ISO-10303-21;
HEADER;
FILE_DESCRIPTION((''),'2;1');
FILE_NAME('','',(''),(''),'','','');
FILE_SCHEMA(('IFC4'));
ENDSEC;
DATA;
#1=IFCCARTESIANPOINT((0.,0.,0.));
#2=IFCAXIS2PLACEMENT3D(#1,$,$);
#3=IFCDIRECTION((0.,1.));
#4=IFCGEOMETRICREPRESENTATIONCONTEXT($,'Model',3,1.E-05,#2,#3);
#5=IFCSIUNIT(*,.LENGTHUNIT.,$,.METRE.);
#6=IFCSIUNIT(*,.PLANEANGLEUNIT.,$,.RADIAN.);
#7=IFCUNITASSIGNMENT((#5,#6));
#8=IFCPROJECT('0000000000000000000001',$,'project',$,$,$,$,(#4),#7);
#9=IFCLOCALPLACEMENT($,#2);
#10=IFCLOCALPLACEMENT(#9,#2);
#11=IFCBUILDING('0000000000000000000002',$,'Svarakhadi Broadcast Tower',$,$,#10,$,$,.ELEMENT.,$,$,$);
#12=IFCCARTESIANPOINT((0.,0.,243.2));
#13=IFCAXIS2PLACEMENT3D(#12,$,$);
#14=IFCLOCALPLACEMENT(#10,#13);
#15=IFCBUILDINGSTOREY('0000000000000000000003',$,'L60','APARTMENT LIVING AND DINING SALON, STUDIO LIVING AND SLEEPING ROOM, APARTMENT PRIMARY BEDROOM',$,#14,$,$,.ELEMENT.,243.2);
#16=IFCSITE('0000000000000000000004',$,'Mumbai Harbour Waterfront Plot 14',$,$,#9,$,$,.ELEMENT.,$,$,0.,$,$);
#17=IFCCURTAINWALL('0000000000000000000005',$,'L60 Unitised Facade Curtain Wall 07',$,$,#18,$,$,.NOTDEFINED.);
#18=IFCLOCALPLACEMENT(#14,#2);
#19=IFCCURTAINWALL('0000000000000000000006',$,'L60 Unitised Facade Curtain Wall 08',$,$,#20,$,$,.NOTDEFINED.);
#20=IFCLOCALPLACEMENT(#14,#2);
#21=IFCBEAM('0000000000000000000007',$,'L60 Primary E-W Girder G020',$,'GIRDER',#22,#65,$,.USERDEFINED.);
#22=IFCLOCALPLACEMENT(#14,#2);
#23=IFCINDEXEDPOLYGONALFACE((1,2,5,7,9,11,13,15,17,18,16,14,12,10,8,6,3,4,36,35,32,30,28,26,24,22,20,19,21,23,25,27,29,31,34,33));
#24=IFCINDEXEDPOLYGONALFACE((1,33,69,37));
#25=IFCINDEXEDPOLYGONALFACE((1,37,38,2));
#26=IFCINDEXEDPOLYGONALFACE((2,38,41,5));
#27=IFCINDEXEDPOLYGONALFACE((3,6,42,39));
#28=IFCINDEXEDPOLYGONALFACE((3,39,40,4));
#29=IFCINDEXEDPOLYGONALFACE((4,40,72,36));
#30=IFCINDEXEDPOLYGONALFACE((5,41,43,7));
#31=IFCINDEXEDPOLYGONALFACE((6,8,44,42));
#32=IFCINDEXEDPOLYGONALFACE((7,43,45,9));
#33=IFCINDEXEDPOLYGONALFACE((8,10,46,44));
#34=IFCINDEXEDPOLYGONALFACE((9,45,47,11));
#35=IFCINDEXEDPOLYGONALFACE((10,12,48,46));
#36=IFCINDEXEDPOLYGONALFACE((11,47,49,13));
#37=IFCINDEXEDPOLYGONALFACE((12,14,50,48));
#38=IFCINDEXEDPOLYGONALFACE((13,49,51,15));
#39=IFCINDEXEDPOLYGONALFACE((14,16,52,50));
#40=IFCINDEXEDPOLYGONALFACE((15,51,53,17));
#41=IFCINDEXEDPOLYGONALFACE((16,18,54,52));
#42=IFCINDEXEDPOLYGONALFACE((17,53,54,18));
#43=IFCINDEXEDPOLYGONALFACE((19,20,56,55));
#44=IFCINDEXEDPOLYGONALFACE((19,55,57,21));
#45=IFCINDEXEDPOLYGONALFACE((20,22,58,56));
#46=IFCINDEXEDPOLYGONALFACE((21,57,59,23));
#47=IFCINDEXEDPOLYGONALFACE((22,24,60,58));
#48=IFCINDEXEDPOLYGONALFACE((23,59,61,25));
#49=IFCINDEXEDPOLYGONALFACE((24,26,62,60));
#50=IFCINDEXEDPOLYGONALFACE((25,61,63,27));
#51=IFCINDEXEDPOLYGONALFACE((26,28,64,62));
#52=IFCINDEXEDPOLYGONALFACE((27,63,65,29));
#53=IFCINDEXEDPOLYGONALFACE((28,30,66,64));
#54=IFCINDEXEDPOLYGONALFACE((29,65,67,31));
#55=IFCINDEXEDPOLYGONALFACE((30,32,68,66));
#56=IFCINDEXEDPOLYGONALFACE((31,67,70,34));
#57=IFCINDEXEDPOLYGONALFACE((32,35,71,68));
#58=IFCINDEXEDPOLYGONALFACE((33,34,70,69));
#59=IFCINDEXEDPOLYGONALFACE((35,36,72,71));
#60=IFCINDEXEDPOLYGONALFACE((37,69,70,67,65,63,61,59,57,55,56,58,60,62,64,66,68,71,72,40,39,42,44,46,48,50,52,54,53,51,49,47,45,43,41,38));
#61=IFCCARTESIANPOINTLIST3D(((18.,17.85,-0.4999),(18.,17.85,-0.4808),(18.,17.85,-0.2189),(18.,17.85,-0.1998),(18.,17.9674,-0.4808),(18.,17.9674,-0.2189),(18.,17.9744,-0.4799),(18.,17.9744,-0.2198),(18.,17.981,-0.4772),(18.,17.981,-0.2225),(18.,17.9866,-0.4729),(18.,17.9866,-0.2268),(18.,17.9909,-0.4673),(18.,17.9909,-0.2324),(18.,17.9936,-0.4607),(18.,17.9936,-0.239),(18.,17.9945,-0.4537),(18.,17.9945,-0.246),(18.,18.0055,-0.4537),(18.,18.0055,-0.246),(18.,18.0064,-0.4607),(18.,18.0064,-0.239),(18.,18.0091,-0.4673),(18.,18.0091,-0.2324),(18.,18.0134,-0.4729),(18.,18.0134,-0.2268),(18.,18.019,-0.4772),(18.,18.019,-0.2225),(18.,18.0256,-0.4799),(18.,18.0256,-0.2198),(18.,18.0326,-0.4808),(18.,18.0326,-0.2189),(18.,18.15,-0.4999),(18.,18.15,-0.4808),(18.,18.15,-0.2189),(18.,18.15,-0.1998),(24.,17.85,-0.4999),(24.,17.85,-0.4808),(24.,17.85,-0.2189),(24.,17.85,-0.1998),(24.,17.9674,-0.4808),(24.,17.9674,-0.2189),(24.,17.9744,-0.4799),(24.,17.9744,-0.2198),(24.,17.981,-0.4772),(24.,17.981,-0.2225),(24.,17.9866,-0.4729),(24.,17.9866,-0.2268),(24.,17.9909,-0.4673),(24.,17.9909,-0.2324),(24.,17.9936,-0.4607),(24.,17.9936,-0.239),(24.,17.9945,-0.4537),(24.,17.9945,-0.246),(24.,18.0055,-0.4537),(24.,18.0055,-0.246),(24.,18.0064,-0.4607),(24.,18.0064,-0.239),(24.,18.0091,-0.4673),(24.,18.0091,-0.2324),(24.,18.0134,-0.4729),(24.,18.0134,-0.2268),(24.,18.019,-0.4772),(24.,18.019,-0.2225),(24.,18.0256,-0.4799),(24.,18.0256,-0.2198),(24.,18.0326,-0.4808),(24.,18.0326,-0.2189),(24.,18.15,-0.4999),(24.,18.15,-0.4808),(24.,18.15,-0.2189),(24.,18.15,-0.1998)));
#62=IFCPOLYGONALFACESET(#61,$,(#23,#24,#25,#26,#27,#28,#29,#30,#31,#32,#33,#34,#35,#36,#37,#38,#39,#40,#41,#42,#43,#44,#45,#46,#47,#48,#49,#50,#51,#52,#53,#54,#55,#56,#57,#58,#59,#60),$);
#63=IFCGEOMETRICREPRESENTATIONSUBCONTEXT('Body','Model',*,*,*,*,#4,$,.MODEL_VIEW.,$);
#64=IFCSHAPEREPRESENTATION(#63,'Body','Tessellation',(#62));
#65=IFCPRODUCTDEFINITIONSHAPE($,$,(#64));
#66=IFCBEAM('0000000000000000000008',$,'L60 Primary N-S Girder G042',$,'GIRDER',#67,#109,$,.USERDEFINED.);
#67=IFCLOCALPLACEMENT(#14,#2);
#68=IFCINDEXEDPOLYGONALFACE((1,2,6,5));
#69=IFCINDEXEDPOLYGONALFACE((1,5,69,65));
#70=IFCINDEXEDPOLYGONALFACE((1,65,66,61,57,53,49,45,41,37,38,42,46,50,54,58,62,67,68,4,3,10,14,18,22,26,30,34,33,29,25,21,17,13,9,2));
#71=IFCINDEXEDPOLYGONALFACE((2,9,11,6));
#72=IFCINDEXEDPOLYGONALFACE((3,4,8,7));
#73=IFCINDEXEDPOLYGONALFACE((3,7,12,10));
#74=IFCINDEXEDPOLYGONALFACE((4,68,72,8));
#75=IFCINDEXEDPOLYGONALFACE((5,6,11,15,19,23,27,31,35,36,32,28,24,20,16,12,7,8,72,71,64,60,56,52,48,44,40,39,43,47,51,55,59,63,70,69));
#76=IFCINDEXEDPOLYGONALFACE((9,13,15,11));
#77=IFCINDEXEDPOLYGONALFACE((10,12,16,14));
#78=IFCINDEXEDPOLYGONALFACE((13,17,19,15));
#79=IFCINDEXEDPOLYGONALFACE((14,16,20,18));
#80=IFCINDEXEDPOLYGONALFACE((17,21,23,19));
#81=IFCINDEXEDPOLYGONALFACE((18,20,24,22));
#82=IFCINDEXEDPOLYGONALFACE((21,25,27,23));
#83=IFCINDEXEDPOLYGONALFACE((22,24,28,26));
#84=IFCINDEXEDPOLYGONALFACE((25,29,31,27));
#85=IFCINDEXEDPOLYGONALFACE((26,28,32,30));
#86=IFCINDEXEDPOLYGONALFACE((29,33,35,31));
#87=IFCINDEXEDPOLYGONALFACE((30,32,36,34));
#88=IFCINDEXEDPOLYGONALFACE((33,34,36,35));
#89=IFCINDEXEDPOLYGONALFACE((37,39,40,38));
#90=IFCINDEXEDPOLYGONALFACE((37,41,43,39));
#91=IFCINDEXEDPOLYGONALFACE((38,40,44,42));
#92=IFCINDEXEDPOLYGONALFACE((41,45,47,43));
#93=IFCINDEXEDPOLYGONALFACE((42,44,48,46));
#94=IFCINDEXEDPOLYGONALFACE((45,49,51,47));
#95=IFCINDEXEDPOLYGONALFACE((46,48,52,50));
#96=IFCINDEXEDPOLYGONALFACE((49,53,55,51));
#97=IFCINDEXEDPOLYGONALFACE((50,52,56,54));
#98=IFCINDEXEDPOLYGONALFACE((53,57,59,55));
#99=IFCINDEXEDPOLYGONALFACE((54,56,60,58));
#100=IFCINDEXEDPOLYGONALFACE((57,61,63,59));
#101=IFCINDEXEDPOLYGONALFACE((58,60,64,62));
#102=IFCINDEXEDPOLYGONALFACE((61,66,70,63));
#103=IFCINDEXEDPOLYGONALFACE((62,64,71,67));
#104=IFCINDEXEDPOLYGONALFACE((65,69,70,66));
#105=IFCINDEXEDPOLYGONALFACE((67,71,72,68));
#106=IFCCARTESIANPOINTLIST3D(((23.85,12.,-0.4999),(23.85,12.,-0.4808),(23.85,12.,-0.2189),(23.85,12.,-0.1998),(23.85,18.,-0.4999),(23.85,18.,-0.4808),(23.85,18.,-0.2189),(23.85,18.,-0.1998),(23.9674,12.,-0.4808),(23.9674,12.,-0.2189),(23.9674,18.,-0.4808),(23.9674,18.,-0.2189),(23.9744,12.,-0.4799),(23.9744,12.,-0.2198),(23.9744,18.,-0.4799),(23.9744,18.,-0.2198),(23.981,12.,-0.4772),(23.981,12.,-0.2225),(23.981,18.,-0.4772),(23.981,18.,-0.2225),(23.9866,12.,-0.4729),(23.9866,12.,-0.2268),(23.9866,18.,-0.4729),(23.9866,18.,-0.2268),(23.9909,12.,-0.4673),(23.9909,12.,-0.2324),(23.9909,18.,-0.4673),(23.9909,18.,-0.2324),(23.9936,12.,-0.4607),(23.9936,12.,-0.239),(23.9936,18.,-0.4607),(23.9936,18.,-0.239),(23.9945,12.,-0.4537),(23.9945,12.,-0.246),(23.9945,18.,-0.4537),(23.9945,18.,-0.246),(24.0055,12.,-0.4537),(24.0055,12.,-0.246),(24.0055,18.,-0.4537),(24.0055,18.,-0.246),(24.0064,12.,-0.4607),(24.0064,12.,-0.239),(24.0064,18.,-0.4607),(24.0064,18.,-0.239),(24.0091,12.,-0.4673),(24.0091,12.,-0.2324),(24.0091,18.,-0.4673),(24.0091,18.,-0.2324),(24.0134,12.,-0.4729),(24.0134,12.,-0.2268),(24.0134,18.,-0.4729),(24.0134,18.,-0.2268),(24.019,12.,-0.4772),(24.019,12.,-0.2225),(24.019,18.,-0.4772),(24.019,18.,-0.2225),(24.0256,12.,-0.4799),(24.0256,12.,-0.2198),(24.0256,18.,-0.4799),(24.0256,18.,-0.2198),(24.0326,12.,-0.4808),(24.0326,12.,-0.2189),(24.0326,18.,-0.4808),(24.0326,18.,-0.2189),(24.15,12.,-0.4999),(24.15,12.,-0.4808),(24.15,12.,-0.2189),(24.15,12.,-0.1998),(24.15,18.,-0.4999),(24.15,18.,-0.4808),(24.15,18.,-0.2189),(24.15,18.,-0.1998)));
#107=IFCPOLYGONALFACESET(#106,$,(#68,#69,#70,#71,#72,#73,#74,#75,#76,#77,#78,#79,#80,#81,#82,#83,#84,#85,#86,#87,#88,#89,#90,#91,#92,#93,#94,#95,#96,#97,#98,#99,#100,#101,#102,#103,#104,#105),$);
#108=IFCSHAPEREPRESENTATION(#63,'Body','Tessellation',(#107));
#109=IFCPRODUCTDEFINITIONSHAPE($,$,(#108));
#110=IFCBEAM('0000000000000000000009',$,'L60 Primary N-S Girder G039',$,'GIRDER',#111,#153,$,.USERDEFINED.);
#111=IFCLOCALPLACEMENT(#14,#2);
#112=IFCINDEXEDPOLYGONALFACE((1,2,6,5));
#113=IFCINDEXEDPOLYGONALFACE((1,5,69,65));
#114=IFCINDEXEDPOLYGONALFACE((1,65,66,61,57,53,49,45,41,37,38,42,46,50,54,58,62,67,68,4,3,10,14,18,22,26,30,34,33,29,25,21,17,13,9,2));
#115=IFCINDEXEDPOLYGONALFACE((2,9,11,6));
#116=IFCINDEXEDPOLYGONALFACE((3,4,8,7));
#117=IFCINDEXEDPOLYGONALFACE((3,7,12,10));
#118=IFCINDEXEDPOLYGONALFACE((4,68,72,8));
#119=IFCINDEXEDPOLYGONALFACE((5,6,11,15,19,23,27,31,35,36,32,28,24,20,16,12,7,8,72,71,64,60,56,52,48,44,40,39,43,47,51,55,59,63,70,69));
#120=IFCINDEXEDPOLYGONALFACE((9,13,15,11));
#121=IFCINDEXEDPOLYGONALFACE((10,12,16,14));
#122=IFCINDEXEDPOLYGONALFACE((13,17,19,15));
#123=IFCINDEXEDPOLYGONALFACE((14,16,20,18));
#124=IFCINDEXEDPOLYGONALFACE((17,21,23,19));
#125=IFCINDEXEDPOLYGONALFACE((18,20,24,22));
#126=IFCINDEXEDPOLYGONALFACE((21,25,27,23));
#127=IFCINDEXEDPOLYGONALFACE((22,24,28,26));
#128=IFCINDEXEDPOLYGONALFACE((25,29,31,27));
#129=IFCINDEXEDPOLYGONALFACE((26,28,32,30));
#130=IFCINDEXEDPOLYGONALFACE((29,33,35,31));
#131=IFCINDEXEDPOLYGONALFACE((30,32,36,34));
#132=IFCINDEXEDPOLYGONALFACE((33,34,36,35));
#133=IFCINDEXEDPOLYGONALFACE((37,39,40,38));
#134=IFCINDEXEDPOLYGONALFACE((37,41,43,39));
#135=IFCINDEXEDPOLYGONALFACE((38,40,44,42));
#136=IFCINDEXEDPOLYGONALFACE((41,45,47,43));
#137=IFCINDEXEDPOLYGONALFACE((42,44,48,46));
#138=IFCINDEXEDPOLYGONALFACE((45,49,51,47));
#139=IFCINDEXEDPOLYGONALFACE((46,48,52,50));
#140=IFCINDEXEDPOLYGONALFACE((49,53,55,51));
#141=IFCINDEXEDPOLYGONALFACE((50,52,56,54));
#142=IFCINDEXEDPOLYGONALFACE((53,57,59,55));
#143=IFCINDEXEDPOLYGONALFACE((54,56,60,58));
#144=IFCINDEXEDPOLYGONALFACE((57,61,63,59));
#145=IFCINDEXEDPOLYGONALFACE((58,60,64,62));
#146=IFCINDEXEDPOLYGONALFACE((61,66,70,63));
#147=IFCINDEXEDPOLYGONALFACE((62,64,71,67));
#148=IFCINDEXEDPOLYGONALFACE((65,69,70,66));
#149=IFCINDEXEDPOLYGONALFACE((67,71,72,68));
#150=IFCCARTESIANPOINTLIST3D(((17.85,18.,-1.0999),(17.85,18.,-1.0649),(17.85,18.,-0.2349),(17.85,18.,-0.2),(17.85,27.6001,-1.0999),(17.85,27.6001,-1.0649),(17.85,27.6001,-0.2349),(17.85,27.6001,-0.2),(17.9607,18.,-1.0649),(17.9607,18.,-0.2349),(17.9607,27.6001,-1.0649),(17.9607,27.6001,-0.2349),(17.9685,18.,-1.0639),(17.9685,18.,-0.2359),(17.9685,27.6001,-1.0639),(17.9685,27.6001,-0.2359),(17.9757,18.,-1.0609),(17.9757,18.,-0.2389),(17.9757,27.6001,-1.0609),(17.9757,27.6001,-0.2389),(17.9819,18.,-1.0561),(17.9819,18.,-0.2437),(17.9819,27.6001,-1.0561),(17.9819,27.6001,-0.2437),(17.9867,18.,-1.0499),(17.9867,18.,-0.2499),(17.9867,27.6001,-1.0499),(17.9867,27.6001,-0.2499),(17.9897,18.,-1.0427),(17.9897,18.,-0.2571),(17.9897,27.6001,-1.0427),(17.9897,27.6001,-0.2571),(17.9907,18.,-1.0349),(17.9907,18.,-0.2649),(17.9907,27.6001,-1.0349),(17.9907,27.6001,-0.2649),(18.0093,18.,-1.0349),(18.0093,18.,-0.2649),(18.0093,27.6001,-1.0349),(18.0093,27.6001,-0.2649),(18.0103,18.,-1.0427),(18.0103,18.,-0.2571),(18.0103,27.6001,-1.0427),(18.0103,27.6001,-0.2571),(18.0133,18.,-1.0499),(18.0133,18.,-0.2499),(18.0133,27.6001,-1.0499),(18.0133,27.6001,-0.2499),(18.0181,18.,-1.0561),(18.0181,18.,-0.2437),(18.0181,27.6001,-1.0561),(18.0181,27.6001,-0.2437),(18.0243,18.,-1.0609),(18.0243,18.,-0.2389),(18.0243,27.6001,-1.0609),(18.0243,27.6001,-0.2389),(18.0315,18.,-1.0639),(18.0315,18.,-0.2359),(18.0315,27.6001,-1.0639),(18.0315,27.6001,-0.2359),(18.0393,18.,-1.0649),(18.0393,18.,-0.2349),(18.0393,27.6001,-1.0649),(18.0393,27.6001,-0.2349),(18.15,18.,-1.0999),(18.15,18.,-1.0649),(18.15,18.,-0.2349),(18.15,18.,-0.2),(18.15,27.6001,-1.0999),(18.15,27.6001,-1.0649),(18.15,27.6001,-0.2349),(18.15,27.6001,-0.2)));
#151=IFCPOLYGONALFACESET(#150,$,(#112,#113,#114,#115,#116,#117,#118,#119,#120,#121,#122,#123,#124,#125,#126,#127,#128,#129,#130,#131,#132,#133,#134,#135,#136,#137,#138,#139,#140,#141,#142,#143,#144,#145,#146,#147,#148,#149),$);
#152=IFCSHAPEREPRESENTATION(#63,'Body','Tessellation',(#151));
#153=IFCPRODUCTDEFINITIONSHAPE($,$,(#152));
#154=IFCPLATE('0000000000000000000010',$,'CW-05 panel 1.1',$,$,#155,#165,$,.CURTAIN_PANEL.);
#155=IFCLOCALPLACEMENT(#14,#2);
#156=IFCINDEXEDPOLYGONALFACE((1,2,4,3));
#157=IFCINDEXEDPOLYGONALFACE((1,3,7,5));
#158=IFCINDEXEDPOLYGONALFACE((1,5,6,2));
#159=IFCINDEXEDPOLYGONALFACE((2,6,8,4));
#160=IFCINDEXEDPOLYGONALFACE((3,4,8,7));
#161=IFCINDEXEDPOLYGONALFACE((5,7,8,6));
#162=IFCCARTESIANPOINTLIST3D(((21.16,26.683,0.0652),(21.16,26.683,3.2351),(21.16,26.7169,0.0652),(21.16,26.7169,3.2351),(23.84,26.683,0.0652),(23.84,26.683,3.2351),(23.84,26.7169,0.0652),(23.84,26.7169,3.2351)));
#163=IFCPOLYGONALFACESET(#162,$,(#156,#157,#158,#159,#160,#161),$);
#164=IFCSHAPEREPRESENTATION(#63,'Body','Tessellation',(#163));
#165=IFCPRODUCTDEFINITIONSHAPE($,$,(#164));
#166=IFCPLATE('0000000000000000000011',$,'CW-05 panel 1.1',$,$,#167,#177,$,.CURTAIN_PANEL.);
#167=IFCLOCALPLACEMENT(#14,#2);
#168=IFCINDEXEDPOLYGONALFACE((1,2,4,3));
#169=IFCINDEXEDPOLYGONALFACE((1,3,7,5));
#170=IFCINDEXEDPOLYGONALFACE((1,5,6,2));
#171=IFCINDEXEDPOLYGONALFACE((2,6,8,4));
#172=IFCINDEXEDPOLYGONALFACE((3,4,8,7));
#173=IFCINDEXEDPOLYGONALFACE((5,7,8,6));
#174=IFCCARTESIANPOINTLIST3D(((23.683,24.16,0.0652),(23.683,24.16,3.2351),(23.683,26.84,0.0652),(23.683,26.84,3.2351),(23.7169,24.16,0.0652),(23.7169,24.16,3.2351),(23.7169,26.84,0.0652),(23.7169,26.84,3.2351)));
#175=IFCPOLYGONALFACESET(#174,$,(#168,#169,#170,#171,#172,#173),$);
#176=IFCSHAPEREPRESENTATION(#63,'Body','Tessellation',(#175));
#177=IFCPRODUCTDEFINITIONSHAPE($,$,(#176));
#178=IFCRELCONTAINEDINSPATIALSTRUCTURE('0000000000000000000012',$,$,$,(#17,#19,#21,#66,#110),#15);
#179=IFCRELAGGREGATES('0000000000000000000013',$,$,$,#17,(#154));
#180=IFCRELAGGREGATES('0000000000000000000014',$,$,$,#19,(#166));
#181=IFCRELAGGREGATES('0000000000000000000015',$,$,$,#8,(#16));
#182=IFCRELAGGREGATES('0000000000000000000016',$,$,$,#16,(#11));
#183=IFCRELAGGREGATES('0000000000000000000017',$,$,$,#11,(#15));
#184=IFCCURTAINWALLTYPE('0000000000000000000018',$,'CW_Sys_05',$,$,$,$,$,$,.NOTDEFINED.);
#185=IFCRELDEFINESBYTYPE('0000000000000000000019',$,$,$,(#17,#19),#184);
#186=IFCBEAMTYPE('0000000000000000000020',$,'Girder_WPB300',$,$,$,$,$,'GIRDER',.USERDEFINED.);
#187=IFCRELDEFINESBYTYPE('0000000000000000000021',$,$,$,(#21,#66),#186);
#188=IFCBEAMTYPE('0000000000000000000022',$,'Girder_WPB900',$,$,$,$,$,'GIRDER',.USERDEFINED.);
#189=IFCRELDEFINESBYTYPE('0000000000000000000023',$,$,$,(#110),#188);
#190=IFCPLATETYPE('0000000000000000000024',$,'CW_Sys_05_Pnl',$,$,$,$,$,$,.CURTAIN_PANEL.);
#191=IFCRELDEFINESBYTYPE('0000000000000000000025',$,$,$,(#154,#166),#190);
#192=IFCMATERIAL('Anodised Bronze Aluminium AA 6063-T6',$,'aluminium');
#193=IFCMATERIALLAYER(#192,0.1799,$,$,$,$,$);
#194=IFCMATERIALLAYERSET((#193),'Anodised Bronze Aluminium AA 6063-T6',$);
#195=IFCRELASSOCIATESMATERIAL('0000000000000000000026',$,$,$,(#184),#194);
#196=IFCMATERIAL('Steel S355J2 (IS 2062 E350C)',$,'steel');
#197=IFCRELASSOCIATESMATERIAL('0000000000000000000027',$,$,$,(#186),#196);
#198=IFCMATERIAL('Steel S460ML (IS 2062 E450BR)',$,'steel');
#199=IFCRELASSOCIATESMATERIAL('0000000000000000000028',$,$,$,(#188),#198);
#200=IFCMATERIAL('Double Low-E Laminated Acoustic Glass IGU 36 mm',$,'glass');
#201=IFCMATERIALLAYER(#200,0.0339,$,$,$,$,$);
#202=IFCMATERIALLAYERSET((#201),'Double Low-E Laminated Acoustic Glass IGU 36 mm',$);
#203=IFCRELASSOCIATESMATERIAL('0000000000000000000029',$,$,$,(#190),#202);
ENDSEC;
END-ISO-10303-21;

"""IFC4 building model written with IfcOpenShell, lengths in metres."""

from ifc_helpers import new_model, si_unit, direction, frame, origin, origin_2d, place, context, subcontext, project, spatial, rectangle, i_section, extrude, material, layer, layer_set, material_profile, profile_set, type_object, element, aggregate, save


model = new_model("IFC4")

# Units and contexts
model_context = context("Model", 3, precision=1e-05, world=origin(), true_north=direction((0.0, 1.0)))
body_context = subcontext(model_context, "Body", "Model", "MODEL_VIEW")
ifc_project = project(units=[si_unit("LENGTHUNIT", "METRE"), si_unit("PLANEANGLEUNIT", "RADIAN")], contexts=[model_context])

# Site, building, storey
site_placement = place(None, origin())
site = spatial("IfcSite", under=ifc_project, at=site_placement, Name="Mumbai Harbour Waterfront Plot 14", CompositionType="ELEMENT", RefElevation=0.0)
building_placement = place(site_placement, origin())
building = spatial("IfcBuilding", under=site, at=building_placement, Name="Svarakhadi Broadcast Tower", CompositionType="ELEMENT")
storey_placement = place(building_placement, frame((0.0, 0.0, 243.2)))
storey = spatial("IfcBuildingStorey", under=building, at=storey_placement, Name="L60", Description="APARTMENT LIVING AND DINING SALON, STUDIO LIVING AND SLEEPING ROOM, APARTMENT PRIMARY BEDROOM", CompositionType="ELEMENT", Elevation=243.2)

# Shared definitions
ifc_material_1 = material(Name="Steel S355J2 (IS 2062 E350C)", Category="steel")

# Curtain wall
ifc_material_2 = material(Name="Anodised Bronze Aluminium AA 6063-T6", Category="aluminium")
ifc_layer_1 = layer(ifc_material_2, 0.1799)
ifc_layer_set_1 = layer_set([ifc_layer_1], Name="Anodised Bronze Aluminium AA 6063-T6")
curtain_wall_type = type_object("IfcCurtainWallType", Name="CW_Sys_05", PredefinedType="NOTDEFINED", material=ifc_layer_set_1)
curtain_wall_1_placement = place(storey_placement, origin())
curtain_wall_1 = element("IfcCurtainWall", 1, at=curtain_wall_1_placement, inside=storey, type_object=curtain_wall_type, Name="L60 Unitised Facade Curtain Wall 07", PredefinedType="NOTDEFINED")

# Curtain wall
curtain_wall_2_placement = place(storey_placement, origin())
curtain_wall_2 = element("IfcCurtainWall", 2, at=curtain_wall_2_placement, inside=storey, type_object=curtain_wall_type, Name="L60 Unitised Facade Curtain Wall 08", PredefinedType="NOTDEFINED")

# Beams
ifc_material_profile_1 = material_profile(ifc_material_1, i_section(OverallWidth=0.3, OverallDepth=0.3, WebThickness=0.011, FlangeThickness=0.019, FilletRadius=0.0271, at=origin_2d()), Name="WPB 300x300x117")
ifc_profile_set_1 = profile_set([ifc_material_profile_1], Name="Steel S355J2 (IS 2062 E350C)")
beam_type_1 = type_object("IfcBeamType", Name="Girder_WPB300", ElementType="GIRDER", PredefinedType="USERDEFINED", material=ifc_profile_set_1)
for number, where, z_axis, x_axis, name in (
    (3, (18.0, 18.0, -0.3499), (1.0, 0.0, 0.0), (0.0, 1.0, 0.0), "L60 Primary E-W Girder G020"),
    (4, (24.0, 12.0, -0.3499), (0.0, 1.0, 0.0), (-1.0, 0.0, 0.0), "L60 Primary N-S Girder G042"),
):
    element("IfcBeam", number, at=place(storey_placement, frame(where, z_axis=z_axis, x_axis=x_axis)), inside=storey, type_object=beam_type_1, Name=name, ObjectType="GIRDER", PredefinedType="USERDEFINED", context=body_context, shape_type="SweptSolid", body=[
        extrude(i_section(OverallWidth=0.3, OverallDepth=0.3, WebThickness=0.011, FlangeThickness=0.019, FilletRadius=0.0271, at=origin_2d()), origin(), (0.0, 0.0, 1.0), 6.0),
    ])
ifc_material_3 = material(Name="Steel S460ML (IS 2062 E450BR)", Category="steel")
ifc_material_profile_2 = material_profile(ifc_material_3, i_section(OverallWidth=0.3, OverallDepth=0.8999, WebThickness=0.0186, FlangeThickness=0.0349, FilletRadius=0.03, at=origin_2d()), Name="WPB 900x300x291")
ifc_profile_set_2 = profile_set([ifc_material_profile_2], Name="Steel S460ML (IS 2062 E450BR)")
beam_type_2 = type_object("IfcBeamType", Name="Girder_WPB900", ElementType="GIRDER", PredefinedType="USERDEFINED", material=ifc_profile_set_2)
beam_1_placement = place(storey_placement, frame((18.0, 18.0, -0.6499), z_axis=(0.0, 1.0, 0.0), x_axis=(-1.0, 0.0, 0.0)))
element("IfcBeam", 5, at=beam_1_placement, inside=storey, type_object=beam_type_2, Name="L60 Primary N-S Girder G039", ObjectType="GIRDER", PredefinedType="USERDEFINED", context=body_context, shape_type="SweptSolid", body=[
    extrude(i_section(OverallWidth=0.3, OverallDepth=0.8999, WebThickness=0.0186, FlangeThickness=0.0349, FilletRadius=0.03, at=origin_2d()), origin(), (0.0, 0.0, 1.0), 9.6001),
])

# Plates
ifc_material_4 = material(Name="Double Low-E Laminated Acoustic Glass IGU 36 mm", Category="glass")
ifc_layer_2 = layer(ifc_material_4, 0.0339)
ifc_layer_set_2 = layer_set([ifc_layer_2], Name="Double Low-E Laminated Acoustic Glass IGU 36 mm")
plate_type = type_object("IfcPlateType", Name="CW_Sys_05_Pnl", PredefinedType="CURTAIN_PANEL", material=ifc_layer_set_2)
plate_1_placement = place(storey_placement, frame((22.5, 26.7, 0.0652), z_axis=(0.0, 0.0, 1.0), x_axis=(1.0, 0.0, 0.0)))
plate_1 = element("IfcPlate", 6, at=plate_1_placement, type_object=plate_type, Name="CW-05 panel 1.1", PredefinedType="CURTAIN_PANEL", context=body_context, shape_type="SweptSolid", body=[
    extrude(rectangle(XDim=2.6799, YDim=0.0339, at=origin_2d()), origin(), (0.0, 0.0, 1.0), 3.1699),
])
aggregate(curtain_wall_1, [plate_1])
plate_2_placement = place(storey_placement, frame((23.7, 25.5, 0.0652), z_axis=(0.0, 0.0, 1.0), x_axis=(0.0, -1.0, 0.0)))
plate_2 = element("IfcPlate", 7, at=plate_2_placement, type_object=plate_type, Name="CW-05 panel 1.1", PredefinedType="CURTAIN_PANEL", context=body_context, shape_type="SweptSolid", body=[
    extrude(rectangle(XDim=2.6799, YDim=0.0339, at=origin_2d()), origin(), (0.0, 0.0, 1.0), 3.1699),
])
aggregate(curtain_wall_2, [plate_2])

save(model, "model.ifc")
